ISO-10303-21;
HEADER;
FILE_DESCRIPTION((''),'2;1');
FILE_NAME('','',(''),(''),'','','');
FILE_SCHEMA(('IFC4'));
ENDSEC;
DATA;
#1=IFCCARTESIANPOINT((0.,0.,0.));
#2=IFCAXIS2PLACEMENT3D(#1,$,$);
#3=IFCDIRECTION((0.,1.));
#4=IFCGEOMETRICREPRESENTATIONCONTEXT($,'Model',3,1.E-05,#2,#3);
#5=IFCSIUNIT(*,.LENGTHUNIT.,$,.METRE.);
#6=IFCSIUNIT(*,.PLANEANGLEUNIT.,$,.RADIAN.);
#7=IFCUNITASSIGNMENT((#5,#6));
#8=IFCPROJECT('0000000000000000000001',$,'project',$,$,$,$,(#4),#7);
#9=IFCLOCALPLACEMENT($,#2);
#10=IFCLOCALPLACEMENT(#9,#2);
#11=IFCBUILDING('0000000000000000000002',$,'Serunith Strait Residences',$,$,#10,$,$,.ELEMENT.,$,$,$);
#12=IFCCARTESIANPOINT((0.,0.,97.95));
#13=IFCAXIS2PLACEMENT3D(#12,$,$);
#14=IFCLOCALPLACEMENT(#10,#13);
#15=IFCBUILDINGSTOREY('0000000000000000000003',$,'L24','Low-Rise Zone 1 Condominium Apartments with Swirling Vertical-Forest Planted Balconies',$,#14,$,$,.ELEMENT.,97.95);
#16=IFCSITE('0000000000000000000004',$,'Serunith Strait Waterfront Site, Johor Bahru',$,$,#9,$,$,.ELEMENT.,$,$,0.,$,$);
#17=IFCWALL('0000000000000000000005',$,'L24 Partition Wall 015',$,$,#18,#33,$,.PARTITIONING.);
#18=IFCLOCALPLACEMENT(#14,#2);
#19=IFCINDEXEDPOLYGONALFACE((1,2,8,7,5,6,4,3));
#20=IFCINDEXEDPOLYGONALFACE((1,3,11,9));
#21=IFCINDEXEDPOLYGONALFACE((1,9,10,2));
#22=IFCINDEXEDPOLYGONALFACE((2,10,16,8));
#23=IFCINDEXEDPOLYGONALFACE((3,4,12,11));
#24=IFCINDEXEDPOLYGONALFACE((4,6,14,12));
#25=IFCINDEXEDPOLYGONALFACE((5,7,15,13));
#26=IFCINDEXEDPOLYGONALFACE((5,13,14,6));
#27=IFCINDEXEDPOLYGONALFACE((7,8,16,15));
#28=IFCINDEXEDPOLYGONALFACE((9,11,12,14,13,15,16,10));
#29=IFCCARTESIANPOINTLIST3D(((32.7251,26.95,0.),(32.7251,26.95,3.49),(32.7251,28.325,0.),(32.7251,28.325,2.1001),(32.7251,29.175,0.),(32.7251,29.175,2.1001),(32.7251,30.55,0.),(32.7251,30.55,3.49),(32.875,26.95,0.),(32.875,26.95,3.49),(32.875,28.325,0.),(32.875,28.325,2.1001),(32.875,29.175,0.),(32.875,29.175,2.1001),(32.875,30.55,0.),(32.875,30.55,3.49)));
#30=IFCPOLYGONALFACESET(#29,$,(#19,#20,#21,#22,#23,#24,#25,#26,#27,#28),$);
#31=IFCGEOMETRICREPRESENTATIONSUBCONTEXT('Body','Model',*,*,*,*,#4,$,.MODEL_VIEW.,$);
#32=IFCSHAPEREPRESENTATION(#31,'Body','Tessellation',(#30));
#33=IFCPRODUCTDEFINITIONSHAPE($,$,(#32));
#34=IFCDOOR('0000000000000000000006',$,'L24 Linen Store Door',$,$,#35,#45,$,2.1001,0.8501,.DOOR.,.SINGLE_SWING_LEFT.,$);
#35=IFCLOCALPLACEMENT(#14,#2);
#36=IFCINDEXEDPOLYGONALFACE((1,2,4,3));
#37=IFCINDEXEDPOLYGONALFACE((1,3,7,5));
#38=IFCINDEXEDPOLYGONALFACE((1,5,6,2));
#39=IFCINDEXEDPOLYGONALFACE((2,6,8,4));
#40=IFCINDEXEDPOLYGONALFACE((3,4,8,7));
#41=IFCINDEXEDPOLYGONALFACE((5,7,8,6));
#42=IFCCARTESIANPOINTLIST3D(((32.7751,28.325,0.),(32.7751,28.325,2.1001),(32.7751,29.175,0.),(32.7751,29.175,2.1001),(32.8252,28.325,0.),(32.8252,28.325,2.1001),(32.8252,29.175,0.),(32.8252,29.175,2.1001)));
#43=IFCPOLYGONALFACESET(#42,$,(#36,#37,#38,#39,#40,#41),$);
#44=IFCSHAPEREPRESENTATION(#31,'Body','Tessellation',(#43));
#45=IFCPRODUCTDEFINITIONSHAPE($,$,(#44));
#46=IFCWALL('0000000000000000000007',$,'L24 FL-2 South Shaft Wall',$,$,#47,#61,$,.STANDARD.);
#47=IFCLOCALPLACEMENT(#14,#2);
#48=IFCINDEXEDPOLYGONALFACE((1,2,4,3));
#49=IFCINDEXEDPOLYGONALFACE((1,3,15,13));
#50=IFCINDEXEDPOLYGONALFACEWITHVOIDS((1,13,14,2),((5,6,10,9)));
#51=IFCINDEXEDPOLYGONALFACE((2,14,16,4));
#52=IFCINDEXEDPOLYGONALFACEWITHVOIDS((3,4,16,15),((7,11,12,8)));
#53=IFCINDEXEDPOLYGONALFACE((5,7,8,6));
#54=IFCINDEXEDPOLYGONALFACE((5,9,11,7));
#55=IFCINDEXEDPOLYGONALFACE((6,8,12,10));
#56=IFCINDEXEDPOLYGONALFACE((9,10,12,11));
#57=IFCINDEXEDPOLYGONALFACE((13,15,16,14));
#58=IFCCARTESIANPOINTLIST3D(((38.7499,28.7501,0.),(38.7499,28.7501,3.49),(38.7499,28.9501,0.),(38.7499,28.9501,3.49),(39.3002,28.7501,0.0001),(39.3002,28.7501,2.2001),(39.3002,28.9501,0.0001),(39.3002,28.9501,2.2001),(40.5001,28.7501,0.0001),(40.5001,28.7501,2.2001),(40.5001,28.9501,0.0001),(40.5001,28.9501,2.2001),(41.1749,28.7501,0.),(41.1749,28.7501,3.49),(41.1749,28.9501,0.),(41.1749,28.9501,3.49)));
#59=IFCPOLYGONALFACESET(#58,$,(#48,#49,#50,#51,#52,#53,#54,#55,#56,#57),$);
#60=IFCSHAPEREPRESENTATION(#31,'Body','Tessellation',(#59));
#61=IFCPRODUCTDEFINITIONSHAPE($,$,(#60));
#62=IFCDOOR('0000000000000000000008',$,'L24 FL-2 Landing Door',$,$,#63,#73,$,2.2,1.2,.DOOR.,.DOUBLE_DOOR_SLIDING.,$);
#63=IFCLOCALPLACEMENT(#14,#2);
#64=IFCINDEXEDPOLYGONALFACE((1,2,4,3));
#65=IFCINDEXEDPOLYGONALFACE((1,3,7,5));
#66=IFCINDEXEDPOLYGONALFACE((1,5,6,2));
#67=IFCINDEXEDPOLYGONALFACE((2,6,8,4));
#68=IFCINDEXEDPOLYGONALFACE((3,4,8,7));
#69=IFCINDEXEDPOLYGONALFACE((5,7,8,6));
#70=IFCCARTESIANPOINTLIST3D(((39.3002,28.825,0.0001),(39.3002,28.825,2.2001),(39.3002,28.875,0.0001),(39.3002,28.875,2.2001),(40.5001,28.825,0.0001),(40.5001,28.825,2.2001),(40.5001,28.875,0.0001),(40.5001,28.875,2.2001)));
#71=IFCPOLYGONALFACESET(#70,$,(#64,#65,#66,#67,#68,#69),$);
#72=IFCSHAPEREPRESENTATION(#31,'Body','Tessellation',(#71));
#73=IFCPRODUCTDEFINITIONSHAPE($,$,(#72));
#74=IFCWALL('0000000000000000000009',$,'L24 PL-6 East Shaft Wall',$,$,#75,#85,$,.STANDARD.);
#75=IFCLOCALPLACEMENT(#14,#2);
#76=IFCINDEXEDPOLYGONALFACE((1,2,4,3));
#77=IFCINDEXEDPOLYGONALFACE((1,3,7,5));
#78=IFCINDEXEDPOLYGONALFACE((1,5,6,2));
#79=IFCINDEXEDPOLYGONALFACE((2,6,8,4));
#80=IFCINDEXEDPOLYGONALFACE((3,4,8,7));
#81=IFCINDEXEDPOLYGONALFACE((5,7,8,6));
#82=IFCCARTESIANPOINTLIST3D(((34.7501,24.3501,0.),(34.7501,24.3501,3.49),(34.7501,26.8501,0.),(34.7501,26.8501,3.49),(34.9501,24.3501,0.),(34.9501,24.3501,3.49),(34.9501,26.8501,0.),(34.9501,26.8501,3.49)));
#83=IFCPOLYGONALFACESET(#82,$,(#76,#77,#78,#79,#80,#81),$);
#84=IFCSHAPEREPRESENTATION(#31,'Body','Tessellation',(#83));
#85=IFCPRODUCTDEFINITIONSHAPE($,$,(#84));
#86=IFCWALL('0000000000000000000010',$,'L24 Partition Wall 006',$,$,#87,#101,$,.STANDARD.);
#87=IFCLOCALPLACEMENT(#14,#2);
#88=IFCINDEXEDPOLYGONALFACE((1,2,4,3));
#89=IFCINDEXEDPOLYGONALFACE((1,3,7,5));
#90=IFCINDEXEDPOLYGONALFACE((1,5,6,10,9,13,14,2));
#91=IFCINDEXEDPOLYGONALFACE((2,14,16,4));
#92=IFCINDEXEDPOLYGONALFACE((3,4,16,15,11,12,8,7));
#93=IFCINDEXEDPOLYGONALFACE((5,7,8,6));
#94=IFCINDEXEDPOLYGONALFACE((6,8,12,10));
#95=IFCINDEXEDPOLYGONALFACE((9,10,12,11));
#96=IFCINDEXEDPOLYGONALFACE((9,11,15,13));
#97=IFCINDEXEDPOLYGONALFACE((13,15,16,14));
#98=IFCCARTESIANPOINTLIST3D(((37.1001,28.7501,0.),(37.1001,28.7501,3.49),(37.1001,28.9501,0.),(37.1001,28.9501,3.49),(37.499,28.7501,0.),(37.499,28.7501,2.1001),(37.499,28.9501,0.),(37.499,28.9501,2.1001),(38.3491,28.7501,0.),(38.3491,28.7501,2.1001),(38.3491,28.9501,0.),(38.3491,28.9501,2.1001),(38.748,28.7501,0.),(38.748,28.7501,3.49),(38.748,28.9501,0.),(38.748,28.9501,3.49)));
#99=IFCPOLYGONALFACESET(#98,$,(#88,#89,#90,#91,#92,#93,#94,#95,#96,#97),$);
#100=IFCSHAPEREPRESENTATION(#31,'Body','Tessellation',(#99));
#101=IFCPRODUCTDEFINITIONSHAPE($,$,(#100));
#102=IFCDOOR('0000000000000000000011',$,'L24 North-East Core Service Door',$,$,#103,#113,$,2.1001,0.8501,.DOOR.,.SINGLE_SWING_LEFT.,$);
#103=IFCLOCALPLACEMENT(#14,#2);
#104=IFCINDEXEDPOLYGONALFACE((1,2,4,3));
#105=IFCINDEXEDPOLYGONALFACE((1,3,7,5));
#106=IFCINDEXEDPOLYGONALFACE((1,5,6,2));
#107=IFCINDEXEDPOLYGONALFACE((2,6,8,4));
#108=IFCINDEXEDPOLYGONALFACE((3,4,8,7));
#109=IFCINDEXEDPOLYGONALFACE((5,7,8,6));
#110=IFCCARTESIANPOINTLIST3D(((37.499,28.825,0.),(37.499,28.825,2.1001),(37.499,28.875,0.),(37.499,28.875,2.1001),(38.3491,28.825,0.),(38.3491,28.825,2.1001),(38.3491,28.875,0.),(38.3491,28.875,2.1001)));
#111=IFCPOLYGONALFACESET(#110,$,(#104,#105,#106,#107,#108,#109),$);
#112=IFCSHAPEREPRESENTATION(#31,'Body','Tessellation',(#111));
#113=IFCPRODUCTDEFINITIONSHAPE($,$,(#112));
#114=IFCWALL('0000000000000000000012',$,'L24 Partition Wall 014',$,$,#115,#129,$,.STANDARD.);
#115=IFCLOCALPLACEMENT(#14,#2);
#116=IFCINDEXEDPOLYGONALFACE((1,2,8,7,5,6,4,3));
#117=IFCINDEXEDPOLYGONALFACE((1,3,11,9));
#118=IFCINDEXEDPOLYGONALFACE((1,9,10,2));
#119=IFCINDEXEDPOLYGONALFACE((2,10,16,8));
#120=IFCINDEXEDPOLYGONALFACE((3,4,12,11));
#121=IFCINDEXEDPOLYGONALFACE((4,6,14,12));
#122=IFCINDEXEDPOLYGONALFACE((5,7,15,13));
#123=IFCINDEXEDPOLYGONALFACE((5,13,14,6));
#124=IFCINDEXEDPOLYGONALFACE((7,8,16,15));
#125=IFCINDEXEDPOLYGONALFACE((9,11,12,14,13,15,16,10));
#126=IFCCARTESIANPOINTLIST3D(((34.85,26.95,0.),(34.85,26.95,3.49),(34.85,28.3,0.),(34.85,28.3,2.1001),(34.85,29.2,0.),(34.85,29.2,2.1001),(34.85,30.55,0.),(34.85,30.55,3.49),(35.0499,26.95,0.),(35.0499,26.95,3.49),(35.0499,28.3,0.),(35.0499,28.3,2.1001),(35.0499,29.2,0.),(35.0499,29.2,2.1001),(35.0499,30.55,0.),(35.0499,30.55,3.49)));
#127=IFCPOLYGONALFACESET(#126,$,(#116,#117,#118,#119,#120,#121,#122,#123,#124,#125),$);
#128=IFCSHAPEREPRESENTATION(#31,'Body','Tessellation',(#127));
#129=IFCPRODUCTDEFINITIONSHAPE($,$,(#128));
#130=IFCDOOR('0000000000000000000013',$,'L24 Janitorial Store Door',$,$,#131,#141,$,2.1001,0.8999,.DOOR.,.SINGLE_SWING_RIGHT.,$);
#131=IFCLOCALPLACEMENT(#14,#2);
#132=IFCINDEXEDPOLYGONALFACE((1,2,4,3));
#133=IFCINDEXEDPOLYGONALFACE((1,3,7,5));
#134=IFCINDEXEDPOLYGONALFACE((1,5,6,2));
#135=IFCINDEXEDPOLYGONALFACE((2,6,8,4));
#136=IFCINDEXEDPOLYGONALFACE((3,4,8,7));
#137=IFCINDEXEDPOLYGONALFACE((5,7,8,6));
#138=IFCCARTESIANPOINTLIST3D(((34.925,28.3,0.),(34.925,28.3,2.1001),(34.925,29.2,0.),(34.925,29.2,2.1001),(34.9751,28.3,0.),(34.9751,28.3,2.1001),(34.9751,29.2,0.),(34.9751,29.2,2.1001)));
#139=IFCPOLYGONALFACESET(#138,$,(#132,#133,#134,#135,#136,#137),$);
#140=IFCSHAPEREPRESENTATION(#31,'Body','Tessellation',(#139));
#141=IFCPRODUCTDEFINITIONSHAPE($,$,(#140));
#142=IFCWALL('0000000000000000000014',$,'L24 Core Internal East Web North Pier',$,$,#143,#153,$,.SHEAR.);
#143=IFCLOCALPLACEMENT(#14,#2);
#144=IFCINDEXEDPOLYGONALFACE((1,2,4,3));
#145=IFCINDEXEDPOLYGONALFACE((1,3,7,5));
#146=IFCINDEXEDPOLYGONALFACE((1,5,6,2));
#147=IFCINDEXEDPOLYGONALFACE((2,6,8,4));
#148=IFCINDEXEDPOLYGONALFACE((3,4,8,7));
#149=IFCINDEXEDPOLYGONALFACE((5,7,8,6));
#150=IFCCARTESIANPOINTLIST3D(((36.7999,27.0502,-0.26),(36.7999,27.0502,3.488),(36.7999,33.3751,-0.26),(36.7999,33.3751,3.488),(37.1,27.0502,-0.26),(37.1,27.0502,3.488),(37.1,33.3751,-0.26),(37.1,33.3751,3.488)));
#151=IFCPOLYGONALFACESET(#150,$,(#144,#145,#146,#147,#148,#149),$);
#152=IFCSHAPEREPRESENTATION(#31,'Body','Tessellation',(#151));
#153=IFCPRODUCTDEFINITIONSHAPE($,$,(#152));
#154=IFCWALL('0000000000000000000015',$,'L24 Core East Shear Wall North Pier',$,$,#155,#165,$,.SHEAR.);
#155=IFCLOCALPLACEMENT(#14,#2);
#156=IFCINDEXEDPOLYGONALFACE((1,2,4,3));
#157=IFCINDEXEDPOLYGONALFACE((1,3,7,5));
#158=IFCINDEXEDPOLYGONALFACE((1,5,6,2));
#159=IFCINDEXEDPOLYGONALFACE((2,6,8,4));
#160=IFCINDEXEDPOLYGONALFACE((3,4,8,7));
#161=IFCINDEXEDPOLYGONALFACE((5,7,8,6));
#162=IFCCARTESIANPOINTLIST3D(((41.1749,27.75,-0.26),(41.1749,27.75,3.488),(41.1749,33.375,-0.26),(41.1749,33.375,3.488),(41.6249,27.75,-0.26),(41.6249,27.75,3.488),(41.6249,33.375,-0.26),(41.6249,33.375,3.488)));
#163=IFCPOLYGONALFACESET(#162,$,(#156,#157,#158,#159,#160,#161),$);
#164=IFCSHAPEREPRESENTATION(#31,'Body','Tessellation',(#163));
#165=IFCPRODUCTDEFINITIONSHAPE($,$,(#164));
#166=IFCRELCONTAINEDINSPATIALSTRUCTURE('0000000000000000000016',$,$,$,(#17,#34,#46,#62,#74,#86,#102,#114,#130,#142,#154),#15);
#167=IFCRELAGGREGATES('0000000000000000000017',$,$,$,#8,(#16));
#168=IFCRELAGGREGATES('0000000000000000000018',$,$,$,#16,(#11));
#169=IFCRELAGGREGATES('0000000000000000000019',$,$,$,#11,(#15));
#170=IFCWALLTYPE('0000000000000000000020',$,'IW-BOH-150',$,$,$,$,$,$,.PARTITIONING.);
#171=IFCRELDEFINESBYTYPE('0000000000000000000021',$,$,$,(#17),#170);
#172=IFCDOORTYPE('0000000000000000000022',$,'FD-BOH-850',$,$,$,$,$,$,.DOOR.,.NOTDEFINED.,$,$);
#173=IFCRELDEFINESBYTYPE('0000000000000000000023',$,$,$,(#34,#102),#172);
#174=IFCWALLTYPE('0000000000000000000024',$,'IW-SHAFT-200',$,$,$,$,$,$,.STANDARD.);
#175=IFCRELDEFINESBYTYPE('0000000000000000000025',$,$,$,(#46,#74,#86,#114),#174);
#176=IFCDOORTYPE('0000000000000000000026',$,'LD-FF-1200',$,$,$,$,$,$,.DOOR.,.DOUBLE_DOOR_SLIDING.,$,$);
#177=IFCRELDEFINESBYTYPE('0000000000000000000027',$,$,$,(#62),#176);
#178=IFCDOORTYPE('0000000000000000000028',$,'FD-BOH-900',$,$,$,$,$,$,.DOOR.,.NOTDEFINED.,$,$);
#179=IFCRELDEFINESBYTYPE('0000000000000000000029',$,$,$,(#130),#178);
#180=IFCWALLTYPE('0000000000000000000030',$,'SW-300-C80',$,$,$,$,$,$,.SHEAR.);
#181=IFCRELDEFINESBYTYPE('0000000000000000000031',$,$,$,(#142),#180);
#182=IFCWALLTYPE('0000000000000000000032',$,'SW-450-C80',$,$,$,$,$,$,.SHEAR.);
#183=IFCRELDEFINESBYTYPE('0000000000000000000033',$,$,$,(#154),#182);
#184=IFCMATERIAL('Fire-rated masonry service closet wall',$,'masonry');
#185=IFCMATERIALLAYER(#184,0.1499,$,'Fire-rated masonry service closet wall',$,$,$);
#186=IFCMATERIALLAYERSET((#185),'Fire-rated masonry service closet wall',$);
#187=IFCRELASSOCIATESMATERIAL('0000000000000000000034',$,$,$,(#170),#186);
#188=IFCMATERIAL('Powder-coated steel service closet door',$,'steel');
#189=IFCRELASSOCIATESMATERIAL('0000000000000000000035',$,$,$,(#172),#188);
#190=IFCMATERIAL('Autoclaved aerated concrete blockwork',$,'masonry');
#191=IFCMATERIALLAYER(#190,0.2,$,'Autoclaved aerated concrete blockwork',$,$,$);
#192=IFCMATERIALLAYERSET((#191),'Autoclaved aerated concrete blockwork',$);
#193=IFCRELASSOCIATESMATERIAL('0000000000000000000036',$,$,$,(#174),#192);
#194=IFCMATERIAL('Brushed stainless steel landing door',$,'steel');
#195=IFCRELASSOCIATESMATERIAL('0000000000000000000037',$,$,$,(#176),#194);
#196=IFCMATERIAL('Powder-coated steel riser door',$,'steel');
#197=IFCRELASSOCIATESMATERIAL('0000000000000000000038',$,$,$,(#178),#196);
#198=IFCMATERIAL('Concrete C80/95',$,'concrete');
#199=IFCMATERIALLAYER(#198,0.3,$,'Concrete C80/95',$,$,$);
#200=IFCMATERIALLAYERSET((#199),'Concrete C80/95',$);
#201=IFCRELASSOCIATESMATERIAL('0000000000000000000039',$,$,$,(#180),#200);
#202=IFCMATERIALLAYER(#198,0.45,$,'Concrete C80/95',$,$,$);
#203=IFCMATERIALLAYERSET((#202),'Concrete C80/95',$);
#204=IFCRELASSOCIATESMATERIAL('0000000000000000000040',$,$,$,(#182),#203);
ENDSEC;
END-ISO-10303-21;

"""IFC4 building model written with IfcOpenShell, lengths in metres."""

from ifc_helpers import new_model, si_unit, direction, frame, frame_2d, origin, place, context, subcontext, project, spatial, rectangle, extrude, source, transform, mapped, material, layer, layer_set, type_object, element, fill, save


model = new_model("IFC4")

# Units and contexts
model_context = context("Model", 3, precision=1e-05, world=origin(), true_north=direction((0.0, 1.0)))
body_context = subcontext(model_context, "Body", "Model", "MODEL_VIEW")
ifc_project = project(units=[si_unit("LENGTHUNIT", "METRE"), si_unit("PLANEANGLEUNIT", "RADIAN")], contexts=[model_context])

# Site, building, storey
site_placement = place(None, origin())
site = spatial("IfcSite", under=ifc_project, at=site_placement, Name="Serunith Strait Waterfront Site, Johor Bahru", CompositionType="ELEMENT", RefElevation=0.0)
building_placement = place(site_placement, origin())
building = spatial("IfcBuilding", under=site, at=building_placement, Name="Serunith Strait Residences", CompositionType="ELEMENT")
storey_placement = place(building_placement, frame((0.0, 0.0, 97.95)))
storey = spatial("IfcBuildingStorey", under=building, at=storey_placement, Name="L24", Description="Low-Rise Zone 1 Condominium Apartments with Swirling Vertical-Forest Planted Balconies", CompositionType="ELEMENT", Elevation=97.95)

# Walls, openings, doors
ifc_material_1 = material(Name="Fire-rated masonry service closet wall", Category="masonry")
ifc_layer_1 = layer(ifc_material_1, 0.1499, Name="Fire-rated masonry service closet wall")
ifc_layer_set_1 = layer_set([ifc_layer_1], Name="Fire-rated masonry service closet wall")
wall_type_1 = type_object("IfcWallType", Name="IW-BOH-150", PredefinedType="PARTITIONING", material=ifc_layer_set_1)
wall_1_placement = place(storey_placement, frame((32.8, 26.95, 0.0), z_axis=(0.0, 0.0, 1.0), x_axis=(0.0, 1.0, 0.0)))
wall_1 = element("IfcWall", 1, at=wall_1_placement, inside=storey, type_object=wall_type_1, Name="L24 Partition Wall 015", PredefinedType="PARTITIONING", context=body_context, shape_type="SweptSolid", body=[
    extrude(rectangle(XDim=3.6001, YDim=0.1499, at=frame_2d((1.8, 0.0))), origin(), (0.0, 0.0, 1.0), 3.49),
])
opening_1_placement = place(wall_1_placement, frame((1.375, 0.0, 0.0)))
opening_1 = element("IfcOpeningElement", 2, at=opening_1_placement, cuts=wall_1, PredefinedType="OPENING", context=body_context, shape_type="SweptSolid", body=[
    extrude(rectangle(XDim=0.8501, YDim=2.1001, at=frame_2d((0.425, 1.05))), frame((0.0, 0.085, 0.0), z_axis=(0.0, -1.0, 0.0), x_axis=(1.0, 0.0, 0.0)), (0.0, 0.0, 1.0), 0.1699),
])
ifc_material_2 = material(Name="Powder-coated steel service closet door", Category="steel")
door_type_1 = type_object("IfcDoorType", Name="FD-BOH-850", OperationType="NOTDEFINED", PredefinedType="DOOR", material=ifc_material_2)
shared_shape_1 = source(origin(), body_context, "Body", "SweptSolid", [
    extrude(rectangle(XDim=0.8501, YDim=2.1001, at=frame_2d((0.425, 1.05))), frame((0.0, 0.0249, 0.0), z_axis=(0.0, -1.0, 0.0), x_axis=(1.0, 0.0, 0.0)), (0.0, 0.0, 1.0), 0.05),
])
door_1_placement = place(opening_1_placement, origin())
door_1 = element("IfcDoor", 3, at=door_1_placement, inside=storey, type_object=door_type_1, Name="L24 Linen Store Door", OperationType="SINGLE_SWING_LEFT", OverallHeight=2.1001, OverallWidth=0.8501, PredefinedType="DOOR", context=body_context, shape_type="MappedRepresentation", body=[
    mapped(shared_shape_1, transform((0.0, 0.0, 0.0), scale=1.0)),
])
fill(opening_1, door_1)
ifc_material_3 = material(Name="Autoclaved aerated concrete blockwork", Category="masonry")
ifc_layer_2 = layer(ifc_material_3, 0.2, Name="Autoclaved aerated concrete blockwork")
ifc_layer_set_2 = layer_set([ifc_layer_2], Name="Autoclaved aerated concrete blockwork")
wall_type_2 = type_object("IfcWallType", Name="IW-SHAFT-200", PredefinedType="STANDARD", material=ifc_layer_set_2)
wall_2_placement = place(storey_placement, frame((38.75, 28.8501, 0.0), z_axis=(0.0, 0.0, 1.0), x_axis=(1.0, 0.0, 0.0)))
wall_2 = element("IfcWall", 4, at=wall_2_placement, inside=storey, type_object=wall_type_2, Name="L24 FL-2 South Shaft Wall", PredefinedType="STANDARD", context=body_context, shape_type="SweptSolid", body=[
    extrude(rectangle(XDim=2.425, YDim=0.2, at=frame_2d((1.2124, 0.0))), origin(), (0.0, 0.0, 1.0), 3.49),
])
opening_2_placement = place(wall_2_placement, frame((0.55, 0.0, 0.0)))
opening_2 = element("IfcOpeningElement", 5, at=opening_2_placement, cuts=wall_2, PredefinedType="OPENING", context=body_context, shape_type="SweptSolid", body=[
    extrude(rectangle(XDim=1.2, YDim=2.2, at=frame_2d((0.6001, 1.1001))), frame((0.0, 0.1099, 0.0), z_axis=(0.0, -1.0, 0.0), x_axis=(1.0, 0.0, 0.0)), (0.0, 0.0, 1.0), 0.22),
])
ifc_material_4 = material(Name="Brushed stainless steel landing door", Category="steel")
door_type_2 = type_object("IfcDoorType", Name="LD-FF-1200", OperationType="DOUBLE_DOOR_SLIDING", PredefinedType="DOOR", material=ifc_material_4)
shared_shape_2 = source(origin(), body_context, "Body", "SweptSolid", [
    extrude(rectangle(XDim=1.2, YDim=2.2, at=frame_2d((0.6001, 1.1001))), frame((0.0, 0.0249, 0.0), z_axis=(0.0, -1.0, 0.0), x_axis=(1.0, 0.0, 0.0)), (0.0, 0.0, 1.0), 0.05),
])
door_2_placement = place(opening_2_placement, origin())
door_2 = element("IfcDoor", 6, at=door_2_placement, inside=storey, type_object=door_type_2, Name="L24 FL-2 Landing Door", OperationType="DOUBLE_DOOR_SLIDING", OverallHeight=2.2, OverallWidth=1.2, PredefinedType="DOOR", context=body_context, shape_type="MappedRepresentation", body=[
    mapped(shared_shape_2, transform((0.0, 0.0, 0.0), scale=1.0)),
])
fill(opening_2, door_2)

# Wall
wall_3_placement = place(storey_placement, frame((34.8501, 24.3501, 0.0), z_axis=(0.0, 0.0, 1.0), x_axis=(0.0, 1.0, 0.0)))
element("IfcWall", 7, at=wall_3_placement, inside=storey, type_object=wall_type_2, Name="L24 PL-6 East Shaft Wall", PredefinedType="STANDARD", context=body_context, shape_type="SweptSolid", body=[
    extrude(rectangle(XDim=2.5, YDim=0.2, at=frame_2d((1.25, 0.0))), origin(), (0.0, 0.0, 1.0), 3.49),
])

# Walls, openings, doors
wall_4_placement = place(storey_placement, frame((37.1001, 28.8501, 0.0), z_axis=(0.0, 0.0, 1.0), x_axis=(1.0, 0.0, 0.0)))
wall_4 = element("IfcWall", 8, at=wall_4_placement, inside=storey, type_object=wall_type_2, Name="L24 Partition Wall 006", PredefinedType="STANDARD", context=body_context, shape_type="SweptSolid", body=[
    extrude(rectangle(XDim=1.6479, YDim=0.2, at=frame_2d((0.824, 0.0))), origin(), (0.0, 0.0, 1.0), 3.49),
])
opening_3_placement = place(wall_4_placement, frame((0.3989, 0.0, 0.0)))
opening_3 = element("IfcOpeningElement", 9, at=opening_3_placement, cuts=wall_4, PredefinedType="OPENING", context=body_context, shape_type="SweptSolid", body=[
    extrude(rectangle(XDim=0.8501, YDim=2.1001, at=frame_2d((0.425, 1.05))), frame((0.0, 0.1099, 0.0), z_axis=(0.0, -1.0, 0.0), x_axis=(1.0, 0.0, 0.0)), (0.0, 0.0, 1.0), 0.22),
])
door_3_placement = place(opening_3_placement, origin())
door_3 = element("IfcDoor", 10, at=door_3_placement, inside=storey, type_object=door_type_1, Name="L24 North-East Core Service Door", OperationType="SINGLE_SWING_LEFT", OverallHeight=2.1001, OverallWidth=0.8501, PredefinedType="DOOR", context=body_context, shape_type="MappedRepresentation", body=[
    mapped(shared_shape_1, transform((0.0, 0.0, 0.0), scale=1.0)),
])
fill(opening_3, door_3)
wall_5_placement = place(storey_placement, frame((34.95, 26.95, 0.0), z_axis=(0.0, 0.0, 1.0), x_axis=(0.0, 1.0, 0.0)))
wall_5 = element("IfcWall", 11, at=wall_5_placement, inside=storey, type_object=wall_type_2, Name="L24 Partition Wall 014", PredefinedType="STANDARD", context=body_context, shape_type="SweptSolid", body=[
    extrude(rectangle(XDim=3.6001, YDim=0.2, at=frame_2d((1.8, 0.0))), origin(), (0.0, 0.0, 1.0), 3.49),
])
opening_4_placement = place(wall_5_placement, frame((1.3501, 0.0, 0.0)))
opening_4 = element("IfcOpeningElement", 12, at=opening_4_placement, cuts=wall_5, PredefinedType="OPENING", context=body_context, shape_type="SweptSolid", body=[
    extrude(rectangle(XDim=0.8999, YDim=2.1001, at=frame_2d((0.45, 1.05))), frame((0.0, 0.1099, 0.0), z_axis=(0.0, -1.0, 0.0), x_axis=(1.0, 0.0, 0.0)), (0.0, 0.0, 1.0), 0.22),
])
ifc_material_5 = material(Name="Powder-coated steel riser door", Category="steel")
door_type_3 = type_object("IfcDoorType", Name="FD-BOH-900", OperationType="NOTDEFINED", PredefinedType="DOOR", material=ifc_material_5)
shared_shape_3 = source(origin(), body_context, "Body", "SweptSolid", [
    extrude(rectangle(XDim=0.8999, YDim=2.1001, at=frame_2d((0.45, 1.05))), frame((0.0, 0.0249, 0.0), z_axis=(0.0, -1.0, 0.0), x_axis=(1.0, 0.0, 0.0)), (0.0, 0.0, 1.0), 0.05),
])
door_4_placement = place(opening_4_placement, origin())
door_4 = element("IfcDoor", 13, at=door_4_placement, inside=storey, type_object=door_type_3, Name="L24 Janitorial Store Door", OperationType="SINGLE_SWING_RIGHT", OverallHeight=2.1001, OverallWidth=0.8999, PredefinedType="DOOR", context=body_context, shape_type="MappedRepresentation", body=[
    mapped(shared_shape_3, transform((0.0, 0.0, 0.0), scale=1.0)),
])
fill(opening_4, door_4)

# Walls
ifc_material_6 = material(Name="Concrete C80/95", Category="concrete")
ifc_layer_3 = layer(ifc_material_6, 0.3, Name="Concrete C80/95")
ifc_layer_set_3 = layer_set([ifc_layer_3], Name="Concrete C80/95")
wall_type_3 = type_object("IfcWallType", Name="SW-300-C80", PredefinedType="SHEAR", material=ifc_layer_set_3)
wall_6_placement = place(storey_placement, frame((36.95, 27.05, -0.26), z_axis=(0.0, 0.0, 1.0), x_axis=(0.0, 1.0, 0.0)))
element("IfcWall", 14, at=wall_6_placement, inside=storey, type_object=wall_type_3, Name="L24 Core Internal East Web North Pier", PredefinedType="SHEAR", context=body_context, shape_type="SweptSolid", body=[
    extrude(rectangle(XDim=6.325, YDim=0.3, at=frame_2d((3.1626, 0.0))), origin(), (0.0, 0.0, 1.0), 3.748),
])
ifc_layer_4 = layer(ifc_material_6, 0.45, Name="Concrete C80/95")
ifc_layer_set_4 = layer_set([ifc_layer_4], Name="Concrete C80/95")
wall_type_4 = type_object("IfcWallType", Name="SW-450-C80", PredefinedType="SHEAR", material=ifc_layer_set_4)
wall_7_placement = place(storey_placement, frame((41.3999, 27.75, -0.26), z_axis=(0.0, 0.0, 1.0), x_axis=(0.0, 1.0, 0.0)))
element("IfcWall", 15, at=wall_7_placement, inside=storey, type_object=wall_type_4, Name="L24 Core East Shear Wall North Pier", PredefinedType="SHEAR", context=body_context, shape_type="SweptSolid", body=[
    extrude(rectangle(XDim=5.625, YDim=0.45, at=frame_2d((2.8125, 0.0))), origin(), (0.0, 0.0, 1.0), 3.748),
])

save(model, "model.ifc")
